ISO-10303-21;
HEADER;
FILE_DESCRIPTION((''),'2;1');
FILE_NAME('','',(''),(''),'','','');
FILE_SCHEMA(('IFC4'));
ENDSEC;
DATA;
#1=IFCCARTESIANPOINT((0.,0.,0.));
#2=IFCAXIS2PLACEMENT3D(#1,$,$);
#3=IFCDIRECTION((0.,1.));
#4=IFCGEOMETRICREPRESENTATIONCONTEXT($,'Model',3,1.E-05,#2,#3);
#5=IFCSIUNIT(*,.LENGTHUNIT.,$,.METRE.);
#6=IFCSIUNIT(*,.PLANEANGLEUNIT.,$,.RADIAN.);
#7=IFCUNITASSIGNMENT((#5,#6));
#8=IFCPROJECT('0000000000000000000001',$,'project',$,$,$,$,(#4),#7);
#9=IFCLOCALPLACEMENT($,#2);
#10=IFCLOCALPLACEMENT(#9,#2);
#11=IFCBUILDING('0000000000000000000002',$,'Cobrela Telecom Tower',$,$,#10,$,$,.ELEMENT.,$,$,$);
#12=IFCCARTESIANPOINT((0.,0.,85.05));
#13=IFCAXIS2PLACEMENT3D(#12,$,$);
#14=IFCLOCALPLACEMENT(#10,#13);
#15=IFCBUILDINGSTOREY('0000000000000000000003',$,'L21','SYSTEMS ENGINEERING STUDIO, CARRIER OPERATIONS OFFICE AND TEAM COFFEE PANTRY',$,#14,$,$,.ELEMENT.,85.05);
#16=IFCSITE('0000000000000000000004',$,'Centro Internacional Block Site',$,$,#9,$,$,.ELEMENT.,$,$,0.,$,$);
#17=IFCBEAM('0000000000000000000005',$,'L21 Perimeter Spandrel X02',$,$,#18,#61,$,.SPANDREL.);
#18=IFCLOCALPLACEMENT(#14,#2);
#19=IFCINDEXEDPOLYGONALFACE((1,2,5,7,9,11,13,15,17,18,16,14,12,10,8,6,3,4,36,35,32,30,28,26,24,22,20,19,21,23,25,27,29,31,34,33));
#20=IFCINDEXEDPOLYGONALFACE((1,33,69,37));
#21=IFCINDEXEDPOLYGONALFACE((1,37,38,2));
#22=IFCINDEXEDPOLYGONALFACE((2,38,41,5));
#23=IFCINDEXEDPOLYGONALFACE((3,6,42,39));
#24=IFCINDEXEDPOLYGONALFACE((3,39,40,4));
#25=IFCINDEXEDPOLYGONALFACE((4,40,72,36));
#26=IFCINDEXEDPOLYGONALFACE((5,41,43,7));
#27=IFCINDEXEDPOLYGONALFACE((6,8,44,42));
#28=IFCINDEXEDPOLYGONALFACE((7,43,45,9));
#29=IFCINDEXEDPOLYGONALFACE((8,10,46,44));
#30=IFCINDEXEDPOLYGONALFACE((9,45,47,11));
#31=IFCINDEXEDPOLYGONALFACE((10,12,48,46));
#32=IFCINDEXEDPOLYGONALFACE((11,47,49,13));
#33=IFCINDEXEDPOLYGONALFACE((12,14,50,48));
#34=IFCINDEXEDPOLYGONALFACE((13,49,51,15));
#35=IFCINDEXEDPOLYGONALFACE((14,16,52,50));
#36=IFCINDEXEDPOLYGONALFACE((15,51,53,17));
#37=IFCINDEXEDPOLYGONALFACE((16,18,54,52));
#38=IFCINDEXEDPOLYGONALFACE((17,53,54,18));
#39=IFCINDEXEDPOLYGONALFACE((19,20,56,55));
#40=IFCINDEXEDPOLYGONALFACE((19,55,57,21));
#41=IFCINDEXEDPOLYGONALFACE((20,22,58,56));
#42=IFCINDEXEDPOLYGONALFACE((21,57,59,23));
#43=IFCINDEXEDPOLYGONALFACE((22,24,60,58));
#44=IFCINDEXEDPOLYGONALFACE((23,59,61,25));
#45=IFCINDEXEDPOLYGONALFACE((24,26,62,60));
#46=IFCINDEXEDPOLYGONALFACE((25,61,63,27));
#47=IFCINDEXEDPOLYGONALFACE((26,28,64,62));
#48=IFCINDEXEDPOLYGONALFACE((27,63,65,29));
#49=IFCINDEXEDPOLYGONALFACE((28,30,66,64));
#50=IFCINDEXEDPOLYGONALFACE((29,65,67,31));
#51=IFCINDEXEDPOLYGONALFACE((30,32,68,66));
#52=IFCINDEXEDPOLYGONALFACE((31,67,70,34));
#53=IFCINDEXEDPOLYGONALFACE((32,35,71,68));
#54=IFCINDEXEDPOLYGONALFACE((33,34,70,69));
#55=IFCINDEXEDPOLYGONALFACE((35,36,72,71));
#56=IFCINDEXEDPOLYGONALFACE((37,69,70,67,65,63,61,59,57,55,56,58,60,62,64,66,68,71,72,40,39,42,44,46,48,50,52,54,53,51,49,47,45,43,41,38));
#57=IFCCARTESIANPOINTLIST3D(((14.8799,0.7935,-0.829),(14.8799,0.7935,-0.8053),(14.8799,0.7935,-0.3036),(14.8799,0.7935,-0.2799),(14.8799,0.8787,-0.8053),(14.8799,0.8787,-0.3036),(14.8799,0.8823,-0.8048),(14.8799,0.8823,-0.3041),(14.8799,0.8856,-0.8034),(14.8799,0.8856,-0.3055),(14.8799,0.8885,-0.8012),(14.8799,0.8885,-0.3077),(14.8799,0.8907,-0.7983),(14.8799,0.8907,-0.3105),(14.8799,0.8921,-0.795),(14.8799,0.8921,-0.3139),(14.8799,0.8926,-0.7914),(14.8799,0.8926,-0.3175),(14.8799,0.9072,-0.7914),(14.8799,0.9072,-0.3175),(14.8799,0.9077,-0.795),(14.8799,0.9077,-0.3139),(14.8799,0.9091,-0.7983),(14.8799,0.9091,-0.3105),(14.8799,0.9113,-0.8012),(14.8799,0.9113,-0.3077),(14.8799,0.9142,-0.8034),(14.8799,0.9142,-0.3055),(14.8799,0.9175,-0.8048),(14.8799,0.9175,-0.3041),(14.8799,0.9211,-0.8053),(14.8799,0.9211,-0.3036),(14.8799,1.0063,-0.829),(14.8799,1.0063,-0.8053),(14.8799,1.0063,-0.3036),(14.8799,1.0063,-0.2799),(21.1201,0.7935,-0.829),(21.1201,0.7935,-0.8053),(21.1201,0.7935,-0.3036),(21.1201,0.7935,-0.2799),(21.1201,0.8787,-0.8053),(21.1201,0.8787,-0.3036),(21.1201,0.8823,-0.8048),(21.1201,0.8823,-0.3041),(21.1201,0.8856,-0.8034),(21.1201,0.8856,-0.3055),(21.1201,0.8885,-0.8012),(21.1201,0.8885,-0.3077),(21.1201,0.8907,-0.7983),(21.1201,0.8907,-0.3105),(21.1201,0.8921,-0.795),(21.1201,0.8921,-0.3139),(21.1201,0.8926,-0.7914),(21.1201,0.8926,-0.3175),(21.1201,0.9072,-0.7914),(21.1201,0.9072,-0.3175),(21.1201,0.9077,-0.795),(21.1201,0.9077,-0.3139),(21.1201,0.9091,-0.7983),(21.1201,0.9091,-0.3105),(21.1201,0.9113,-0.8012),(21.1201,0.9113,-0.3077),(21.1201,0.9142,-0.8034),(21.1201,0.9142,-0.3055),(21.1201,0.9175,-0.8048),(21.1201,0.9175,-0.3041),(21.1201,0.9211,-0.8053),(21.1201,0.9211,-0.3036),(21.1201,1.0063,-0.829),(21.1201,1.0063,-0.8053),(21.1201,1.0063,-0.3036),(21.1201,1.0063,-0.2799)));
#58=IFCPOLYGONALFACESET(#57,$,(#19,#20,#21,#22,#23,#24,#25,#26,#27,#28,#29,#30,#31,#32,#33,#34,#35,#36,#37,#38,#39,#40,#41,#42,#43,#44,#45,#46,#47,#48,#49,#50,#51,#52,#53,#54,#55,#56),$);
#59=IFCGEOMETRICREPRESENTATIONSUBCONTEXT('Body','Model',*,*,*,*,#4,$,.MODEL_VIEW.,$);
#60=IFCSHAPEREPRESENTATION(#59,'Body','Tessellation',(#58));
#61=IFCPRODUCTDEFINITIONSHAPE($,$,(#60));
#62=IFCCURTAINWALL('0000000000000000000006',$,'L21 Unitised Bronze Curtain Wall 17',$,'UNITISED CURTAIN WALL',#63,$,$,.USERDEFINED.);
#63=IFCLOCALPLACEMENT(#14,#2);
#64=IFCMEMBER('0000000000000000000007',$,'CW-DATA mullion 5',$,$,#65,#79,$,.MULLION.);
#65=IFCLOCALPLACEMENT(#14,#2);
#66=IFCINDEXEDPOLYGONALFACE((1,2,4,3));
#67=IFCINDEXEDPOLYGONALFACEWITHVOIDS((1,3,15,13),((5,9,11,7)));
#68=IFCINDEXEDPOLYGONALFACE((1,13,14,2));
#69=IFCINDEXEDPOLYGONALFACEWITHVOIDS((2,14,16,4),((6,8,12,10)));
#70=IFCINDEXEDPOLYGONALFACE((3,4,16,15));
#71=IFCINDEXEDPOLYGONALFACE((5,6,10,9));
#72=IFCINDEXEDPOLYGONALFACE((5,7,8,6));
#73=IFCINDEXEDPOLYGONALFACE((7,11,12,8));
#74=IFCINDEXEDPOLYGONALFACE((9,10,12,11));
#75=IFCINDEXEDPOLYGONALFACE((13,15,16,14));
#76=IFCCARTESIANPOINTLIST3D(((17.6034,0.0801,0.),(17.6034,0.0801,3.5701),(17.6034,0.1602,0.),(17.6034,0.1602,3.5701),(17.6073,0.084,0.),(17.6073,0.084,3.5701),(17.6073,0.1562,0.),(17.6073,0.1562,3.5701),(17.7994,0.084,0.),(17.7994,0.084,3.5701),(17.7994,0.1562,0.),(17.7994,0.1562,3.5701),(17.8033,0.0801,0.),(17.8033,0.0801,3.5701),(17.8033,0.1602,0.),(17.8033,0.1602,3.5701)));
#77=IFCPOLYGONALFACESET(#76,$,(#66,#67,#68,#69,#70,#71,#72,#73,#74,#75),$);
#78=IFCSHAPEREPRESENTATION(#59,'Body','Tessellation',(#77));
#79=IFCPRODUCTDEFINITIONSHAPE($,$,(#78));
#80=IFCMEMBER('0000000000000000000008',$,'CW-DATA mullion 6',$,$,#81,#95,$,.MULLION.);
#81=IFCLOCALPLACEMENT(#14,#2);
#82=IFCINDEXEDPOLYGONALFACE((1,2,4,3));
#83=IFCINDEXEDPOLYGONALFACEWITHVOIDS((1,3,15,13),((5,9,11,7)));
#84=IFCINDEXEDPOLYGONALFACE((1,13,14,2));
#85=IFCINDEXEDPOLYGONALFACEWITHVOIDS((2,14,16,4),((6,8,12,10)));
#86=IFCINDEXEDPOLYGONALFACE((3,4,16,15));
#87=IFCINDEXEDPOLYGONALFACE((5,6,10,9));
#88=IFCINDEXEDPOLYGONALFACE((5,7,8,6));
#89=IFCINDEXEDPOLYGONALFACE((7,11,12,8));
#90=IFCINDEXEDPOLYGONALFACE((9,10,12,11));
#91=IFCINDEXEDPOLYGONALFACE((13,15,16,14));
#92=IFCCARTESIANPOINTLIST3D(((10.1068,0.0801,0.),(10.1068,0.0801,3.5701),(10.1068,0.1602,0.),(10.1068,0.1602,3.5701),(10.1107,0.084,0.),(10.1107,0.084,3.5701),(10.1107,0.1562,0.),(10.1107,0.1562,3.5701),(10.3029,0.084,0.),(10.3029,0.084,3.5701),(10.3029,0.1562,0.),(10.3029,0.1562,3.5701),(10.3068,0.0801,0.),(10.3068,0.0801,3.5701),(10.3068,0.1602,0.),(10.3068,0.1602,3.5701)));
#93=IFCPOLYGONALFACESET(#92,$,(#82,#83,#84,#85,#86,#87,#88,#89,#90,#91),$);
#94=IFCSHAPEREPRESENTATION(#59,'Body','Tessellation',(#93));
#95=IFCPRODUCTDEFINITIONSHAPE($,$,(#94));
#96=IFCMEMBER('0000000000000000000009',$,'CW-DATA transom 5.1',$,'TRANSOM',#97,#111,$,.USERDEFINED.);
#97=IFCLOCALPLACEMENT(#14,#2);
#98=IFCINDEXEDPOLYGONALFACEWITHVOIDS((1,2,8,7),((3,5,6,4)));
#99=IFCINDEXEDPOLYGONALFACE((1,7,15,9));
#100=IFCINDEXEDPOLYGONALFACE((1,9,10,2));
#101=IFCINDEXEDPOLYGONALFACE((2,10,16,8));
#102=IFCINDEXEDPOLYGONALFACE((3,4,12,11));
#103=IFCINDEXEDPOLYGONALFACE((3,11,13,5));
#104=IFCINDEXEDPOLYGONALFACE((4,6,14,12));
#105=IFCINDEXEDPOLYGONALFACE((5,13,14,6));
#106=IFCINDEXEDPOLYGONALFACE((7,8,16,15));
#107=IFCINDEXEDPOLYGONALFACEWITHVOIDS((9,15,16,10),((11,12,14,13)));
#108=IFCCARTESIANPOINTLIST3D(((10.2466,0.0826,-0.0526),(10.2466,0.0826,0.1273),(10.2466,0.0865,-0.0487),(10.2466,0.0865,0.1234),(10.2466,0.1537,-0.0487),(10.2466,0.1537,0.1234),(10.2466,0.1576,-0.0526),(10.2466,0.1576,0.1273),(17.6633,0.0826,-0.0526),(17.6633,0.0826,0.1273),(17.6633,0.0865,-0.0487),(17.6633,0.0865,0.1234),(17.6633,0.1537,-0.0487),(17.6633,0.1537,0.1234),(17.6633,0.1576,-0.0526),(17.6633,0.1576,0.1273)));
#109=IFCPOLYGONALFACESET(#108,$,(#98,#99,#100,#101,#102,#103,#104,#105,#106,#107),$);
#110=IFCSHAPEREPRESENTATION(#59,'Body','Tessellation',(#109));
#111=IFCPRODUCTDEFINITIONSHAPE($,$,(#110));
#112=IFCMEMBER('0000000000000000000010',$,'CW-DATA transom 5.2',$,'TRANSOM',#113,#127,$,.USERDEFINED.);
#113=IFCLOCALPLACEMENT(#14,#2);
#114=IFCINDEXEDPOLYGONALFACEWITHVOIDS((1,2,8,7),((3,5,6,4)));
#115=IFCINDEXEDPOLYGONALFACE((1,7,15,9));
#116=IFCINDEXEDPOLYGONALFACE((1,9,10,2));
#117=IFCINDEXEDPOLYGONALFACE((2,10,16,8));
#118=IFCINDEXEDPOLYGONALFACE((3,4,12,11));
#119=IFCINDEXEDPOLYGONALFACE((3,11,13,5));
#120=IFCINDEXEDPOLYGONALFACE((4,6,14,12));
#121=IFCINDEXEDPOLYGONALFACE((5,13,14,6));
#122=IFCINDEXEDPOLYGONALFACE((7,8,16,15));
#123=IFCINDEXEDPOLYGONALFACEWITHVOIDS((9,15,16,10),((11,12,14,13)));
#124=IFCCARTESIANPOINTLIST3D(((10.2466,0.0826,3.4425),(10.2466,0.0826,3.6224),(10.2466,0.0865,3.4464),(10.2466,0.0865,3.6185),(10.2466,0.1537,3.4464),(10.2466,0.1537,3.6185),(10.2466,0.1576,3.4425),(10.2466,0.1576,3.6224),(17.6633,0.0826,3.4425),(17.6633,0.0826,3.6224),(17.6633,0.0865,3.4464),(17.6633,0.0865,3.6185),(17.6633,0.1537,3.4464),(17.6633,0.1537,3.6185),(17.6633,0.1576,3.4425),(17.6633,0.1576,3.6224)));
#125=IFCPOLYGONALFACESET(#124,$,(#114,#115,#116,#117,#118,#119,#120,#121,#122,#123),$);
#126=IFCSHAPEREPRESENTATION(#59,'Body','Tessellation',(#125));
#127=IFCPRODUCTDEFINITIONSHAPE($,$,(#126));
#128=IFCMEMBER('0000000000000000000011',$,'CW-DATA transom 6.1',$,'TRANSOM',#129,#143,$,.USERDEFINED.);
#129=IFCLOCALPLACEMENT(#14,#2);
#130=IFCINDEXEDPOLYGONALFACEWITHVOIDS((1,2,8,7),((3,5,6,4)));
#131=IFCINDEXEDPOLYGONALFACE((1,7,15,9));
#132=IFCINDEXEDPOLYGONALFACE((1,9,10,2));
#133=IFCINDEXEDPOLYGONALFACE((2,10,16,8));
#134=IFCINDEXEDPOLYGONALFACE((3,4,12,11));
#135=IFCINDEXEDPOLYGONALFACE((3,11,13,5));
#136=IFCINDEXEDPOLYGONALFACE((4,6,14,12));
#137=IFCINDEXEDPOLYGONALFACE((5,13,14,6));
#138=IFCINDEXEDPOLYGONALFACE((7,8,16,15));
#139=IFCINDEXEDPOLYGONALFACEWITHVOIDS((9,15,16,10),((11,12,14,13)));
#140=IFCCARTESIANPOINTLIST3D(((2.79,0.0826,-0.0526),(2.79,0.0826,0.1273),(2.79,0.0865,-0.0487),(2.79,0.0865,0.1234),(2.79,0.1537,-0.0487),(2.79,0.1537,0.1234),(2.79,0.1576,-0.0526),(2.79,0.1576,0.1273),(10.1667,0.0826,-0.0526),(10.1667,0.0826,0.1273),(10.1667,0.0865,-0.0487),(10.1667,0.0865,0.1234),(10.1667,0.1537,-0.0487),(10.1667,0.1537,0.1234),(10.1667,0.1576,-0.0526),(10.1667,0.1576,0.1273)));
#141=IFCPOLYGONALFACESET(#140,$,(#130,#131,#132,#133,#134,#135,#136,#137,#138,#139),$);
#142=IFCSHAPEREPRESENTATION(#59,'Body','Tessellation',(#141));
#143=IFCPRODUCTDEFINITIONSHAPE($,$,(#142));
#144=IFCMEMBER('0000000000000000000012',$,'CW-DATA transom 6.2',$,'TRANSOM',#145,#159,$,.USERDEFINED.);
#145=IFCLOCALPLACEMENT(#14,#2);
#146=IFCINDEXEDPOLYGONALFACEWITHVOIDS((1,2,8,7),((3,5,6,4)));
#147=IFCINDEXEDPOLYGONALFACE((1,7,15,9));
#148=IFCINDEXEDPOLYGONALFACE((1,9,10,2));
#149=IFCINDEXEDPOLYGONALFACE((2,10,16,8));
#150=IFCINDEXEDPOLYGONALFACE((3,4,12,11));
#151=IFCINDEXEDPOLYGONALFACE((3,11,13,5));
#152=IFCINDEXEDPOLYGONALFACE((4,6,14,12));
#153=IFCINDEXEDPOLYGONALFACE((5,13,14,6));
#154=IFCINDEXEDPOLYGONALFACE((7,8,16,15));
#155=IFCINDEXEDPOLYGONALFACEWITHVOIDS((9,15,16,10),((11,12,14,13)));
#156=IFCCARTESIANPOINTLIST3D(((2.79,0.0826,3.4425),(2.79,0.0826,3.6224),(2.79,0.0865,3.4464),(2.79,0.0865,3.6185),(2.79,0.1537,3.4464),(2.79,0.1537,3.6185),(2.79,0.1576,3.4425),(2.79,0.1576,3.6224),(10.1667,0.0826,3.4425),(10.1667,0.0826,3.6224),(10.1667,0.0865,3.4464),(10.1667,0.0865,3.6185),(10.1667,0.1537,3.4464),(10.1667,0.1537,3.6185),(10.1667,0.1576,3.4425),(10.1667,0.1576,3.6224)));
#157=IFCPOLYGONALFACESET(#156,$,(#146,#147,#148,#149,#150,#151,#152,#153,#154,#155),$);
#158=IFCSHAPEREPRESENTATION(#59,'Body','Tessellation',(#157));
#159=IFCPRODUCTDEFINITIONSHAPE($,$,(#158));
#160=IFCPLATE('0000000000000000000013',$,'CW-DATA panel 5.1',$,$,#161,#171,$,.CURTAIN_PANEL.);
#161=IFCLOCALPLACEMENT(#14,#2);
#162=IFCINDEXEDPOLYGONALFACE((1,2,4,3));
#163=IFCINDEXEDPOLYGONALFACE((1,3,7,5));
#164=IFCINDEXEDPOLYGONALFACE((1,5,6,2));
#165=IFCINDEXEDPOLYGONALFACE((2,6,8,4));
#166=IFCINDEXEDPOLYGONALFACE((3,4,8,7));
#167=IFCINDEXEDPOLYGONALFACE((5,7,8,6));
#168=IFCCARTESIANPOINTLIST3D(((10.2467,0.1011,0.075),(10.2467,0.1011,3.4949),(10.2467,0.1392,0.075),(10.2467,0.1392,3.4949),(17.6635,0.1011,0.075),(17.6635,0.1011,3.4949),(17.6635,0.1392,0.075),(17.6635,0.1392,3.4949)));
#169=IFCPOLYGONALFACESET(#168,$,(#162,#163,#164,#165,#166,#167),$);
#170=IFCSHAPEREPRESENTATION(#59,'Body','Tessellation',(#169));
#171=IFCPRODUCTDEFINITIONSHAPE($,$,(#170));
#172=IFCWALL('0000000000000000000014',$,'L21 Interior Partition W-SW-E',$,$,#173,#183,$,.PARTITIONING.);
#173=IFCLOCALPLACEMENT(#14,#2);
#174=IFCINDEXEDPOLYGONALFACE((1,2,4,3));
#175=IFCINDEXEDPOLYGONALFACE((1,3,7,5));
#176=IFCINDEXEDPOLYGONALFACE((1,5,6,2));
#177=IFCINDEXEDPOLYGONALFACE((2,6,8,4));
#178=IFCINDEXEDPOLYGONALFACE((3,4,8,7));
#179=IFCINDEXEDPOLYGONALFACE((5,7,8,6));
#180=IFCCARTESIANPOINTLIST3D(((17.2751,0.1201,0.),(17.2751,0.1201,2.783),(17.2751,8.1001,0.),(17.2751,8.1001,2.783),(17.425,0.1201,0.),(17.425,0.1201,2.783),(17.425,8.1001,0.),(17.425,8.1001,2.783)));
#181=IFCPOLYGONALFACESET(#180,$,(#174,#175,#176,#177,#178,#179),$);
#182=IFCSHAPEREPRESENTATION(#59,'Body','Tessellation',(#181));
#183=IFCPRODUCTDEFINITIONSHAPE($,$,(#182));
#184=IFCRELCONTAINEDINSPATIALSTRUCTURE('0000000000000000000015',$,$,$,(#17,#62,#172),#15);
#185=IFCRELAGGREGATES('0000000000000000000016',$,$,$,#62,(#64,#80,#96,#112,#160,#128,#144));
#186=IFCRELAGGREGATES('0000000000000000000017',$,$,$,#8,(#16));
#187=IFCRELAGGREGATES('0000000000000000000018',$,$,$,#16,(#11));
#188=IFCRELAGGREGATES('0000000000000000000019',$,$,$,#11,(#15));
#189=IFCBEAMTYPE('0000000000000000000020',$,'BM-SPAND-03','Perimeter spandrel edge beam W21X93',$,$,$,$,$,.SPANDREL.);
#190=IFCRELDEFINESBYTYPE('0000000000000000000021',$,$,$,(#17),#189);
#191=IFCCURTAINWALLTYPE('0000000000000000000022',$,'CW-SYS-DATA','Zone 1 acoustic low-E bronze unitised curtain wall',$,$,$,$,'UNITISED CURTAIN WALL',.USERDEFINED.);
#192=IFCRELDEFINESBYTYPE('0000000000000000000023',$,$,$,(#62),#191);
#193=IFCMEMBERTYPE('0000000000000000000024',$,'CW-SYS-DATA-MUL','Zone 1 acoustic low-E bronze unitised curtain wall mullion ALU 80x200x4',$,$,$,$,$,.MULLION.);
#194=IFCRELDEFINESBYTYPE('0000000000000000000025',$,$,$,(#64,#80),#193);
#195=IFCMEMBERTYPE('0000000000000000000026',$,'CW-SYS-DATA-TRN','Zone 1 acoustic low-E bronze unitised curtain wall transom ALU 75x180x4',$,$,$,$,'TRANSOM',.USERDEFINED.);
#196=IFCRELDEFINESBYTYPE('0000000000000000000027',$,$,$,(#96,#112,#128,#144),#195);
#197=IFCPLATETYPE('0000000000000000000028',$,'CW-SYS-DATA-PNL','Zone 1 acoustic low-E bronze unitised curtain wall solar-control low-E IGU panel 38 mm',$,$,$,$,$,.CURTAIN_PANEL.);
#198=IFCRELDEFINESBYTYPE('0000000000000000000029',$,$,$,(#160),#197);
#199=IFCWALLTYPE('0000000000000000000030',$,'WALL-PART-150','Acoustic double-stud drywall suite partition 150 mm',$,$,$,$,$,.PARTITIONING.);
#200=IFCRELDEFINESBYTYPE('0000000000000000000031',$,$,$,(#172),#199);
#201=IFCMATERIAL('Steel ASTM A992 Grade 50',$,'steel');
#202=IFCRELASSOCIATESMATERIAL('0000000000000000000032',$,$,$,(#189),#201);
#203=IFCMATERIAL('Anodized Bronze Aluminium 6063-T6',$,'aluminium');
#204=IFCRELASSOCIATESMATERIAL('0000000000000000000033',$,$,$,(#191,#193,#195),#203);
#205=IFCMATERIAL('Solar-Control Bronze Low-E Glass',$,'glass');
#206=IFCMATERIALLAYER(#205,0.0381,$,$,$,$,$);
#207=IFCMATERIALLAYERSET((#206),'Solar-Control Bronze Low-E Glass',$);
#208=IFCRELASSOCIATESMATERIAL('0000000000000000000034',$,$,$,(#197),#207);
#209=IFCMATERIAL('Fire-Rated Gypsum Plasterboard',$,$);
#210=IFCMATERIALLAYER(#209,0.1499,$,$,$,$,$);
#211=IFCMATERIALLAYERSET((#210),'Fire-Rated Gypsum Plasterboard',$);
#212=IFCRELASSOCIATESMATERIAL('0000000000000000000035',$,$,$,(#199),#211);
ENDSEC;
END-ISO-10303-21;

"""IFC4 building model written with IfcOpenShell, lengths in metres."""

from ifc_helpers import new_model, si_unit, direction, frame, frame_2d, origin, origin_2d, place, context, subcontext, project, spatial, rectangle, hollow_rectangle, i_section, extrude, material, layer, layer_set, material_profile, profile_set, type_object, element, aggregate, save


model = new_model("IFC4")

# Units and contexts
model_context = context("Model", 3, precision=1e-05, world=origin(), true_north=direction((0.0, 1.0)))
body_context = subcontext(model_context, "Body", "Model", "MODEL_VIEW")
ifc_project = project(units=[si_unit("LENGTHUNIT", "METRE"), si_unit("PLANEANGLEUNIT", "RADIAN")], contexts=[model_context])

# Site, building, storey
site_placement = place(None, origin())
site = spatial("IfcSite", under=ifc_project, at=site_placement, Name="Centro Internacional Block Site", CompositionType="ELEMENT", RefElevation=0.0)
building_placement = place(site_placement, origin())
building = spatial("IfcBuilding", under=site, at=building_placement, Name="Cobrela Telecom Tower", CompositionType="ELEMENT")
storey_placement = place(building_placement, frame((0.0, 0.0, 85.05)))
storey = spatial("IfcBuildingStorey", under=building, at=storey_placement, Name="L21", Description="SYSTEMS ENGINEERING STUDIO, CARRIER OPERATIONS OFFICE AND TEAM COFFEE PANTRY", CompositionType="ELEMENT", Elevation=85.05)

# Beam
ifc_material_1 = material(Name="Steel ASTM A992 Grade 50", Category="steel")
ifc_material_profile_1 = material_profile(ifc_material_1, i_section(OverallWidth=0.2129, OverallDepth=0.5491, WebThickness=0.0146, FlangeThickness=0.0237, FilletRadius=0.0139, at=origin_2d()), Name="W21X93")
ifc_profile_set_1 = profile_set([ifc_material_profile_1], Name="Steel ASTM A992 Grade 50")
beam_type_1 = type_object("IfcBeamType", Name="BM-SPAND-03", Description="Perimeter spandrel edge beam W21X93", PredefinedType="SPANDREL", material=ifc_profile_set_1)
beam_1_placement = place(storey_placement, frame((14.8799, 0.8999, -0.5544), z_axis=(1.0, 0.0, 0.0), x_axis=(0.0, 1.0, 0.0)))
element("IfcBeam", 1, at=beam_1_placement, inside=storey, type_object=beam_type_1, Name="L21 Perimeter Spandrel X02", PredefinedType="SPANDREL", context=body_context, shape_type="SweptSolid", body=[
    extrude(i_section(OverallWidth=0.2129, OverallDepth=0.5491, WebThickness=0.0146, FlangeThickness=0.0237, FilletRadius=0.0139, at=origin_2d()), origin(), (0.0, 0.0, 1.0), 6.2402),
])

# Curtain wall, members, plate
ifc_material_2 = material(Name="Anodized Bronze Aluminium 6063-T6", Category="aluminium")
curtain_wall_type = type_object("IfcCurtainWallType", Name="CW-SYS-DATA", Description="Zone 1 acoustic low-E bronze unitised curtain wall", ElementType="UNITISED CURTAIN WALL", PredefinedType="USERDEFINED", material=ifc_material_2)
curtain_wall_placement = place(storey_placement, origin())
curtain_wall = element("IfcCurtainWall", 2, at=curtain_wall_placement, inside=storey, type_object=curtain_wall_type, Name="L21 Unitised Bronze Curtain Wall 17", ObjectType="UNITISED CURTAIN WALL", PredefinedType="USERDEFINED")
ifc_material_profile_2 = material_profile(ifc_material_2, hollow_rectangle(XDim=0.0801, YDim=0.2, WallThickness=0.0039, at=origin_2d()), Name="ALU 80x200x4")
ifc_profile_set_2 = profile_set([ifc_material_profile_2], Name="Anodized Bronze Aluminium 6063-T6")
member_type_1 = type_object("IfcMemberType", Name="CW-SYS-DATA-MUL", Description="Zone 1 acoustic low-E bronze unitised curtain wall mullion ALU 80x200x4", PredefinedType="MULLION", material=ifc_profile_set_2)
member_1_placement = place(storey_placement, frame((17.7034, 0.1201, 0.0), z_axis=(0.0, 0.0, 1.0), x_axis=(0.0, -1.0, 0.0)))
member_1 = element("IfcMember", 3, at=member_1_placement, type_object=member_type_1, Name="CW-DATA mullion 5", PredefinedType="MULLION", context=body_context, shape_type="SweptSolid", body=[
    extrude(hollow_rectangle(XDim=0.0801, YDim=0.2, WallThickness=0.0039, at=origin_2d()), origin(), (0.0, 0.0, 1.0), 3.5701),
])
member_2_placement = place(storey_placement, frame((10.2068, 0.1201, 0.0), z_axis=(0.0, 0.0, 1.0), x_axis=(0.0, -1.0, 0.0)))
member_2 = element("IfcMember", 4, at=member_2_placement, type_object=member_type_1, Name="CW-DATA mullion 6", PredefinedType="MULLION", context=body_context, shape_type="SweptSolid", body=[
    extrude(hollow_rectangle(XDim=0.0801, YDim=0.2, WallThickness=0.0039, at=origin_2d()), origin(), (0.0, 0.0, 1.0), 3.5701),
])
ifc_material_profile_3 = material_profile(ifc_material_2, hollow_rectangle(XDim=0.075, YDim=0.1799, WallThickness=0.0039, at=origin_2d()), Name="ALU 75x180x4")
ifc_profile_set_3 = profile_set([ifc_material_profile_3], Name="Anodized Bronze Aluminium 6063-T6")
member_type_2 = type_object("IfcMemberType", Name="CW-SYS-DATA-TRN", Description="Zone 1 acoustic low-E bronze unitised curtain wall transom ALU 75x180x4", ElementType="TRANSOM", PredefinedType="USERDEFINED", material=ifc_profile_set_3)
member_3_placement = place(storey_placement, frame((17.6633, 0.1201, 0.0374), z_axis=(-1.0, 0.0, 0.0), x_axis=(0.0, -1.0, 0.0)))
member_3 = element("IfcMember", 5, at=member_3_placement, type_object=member_type_2, Name="CW-DATA transom 5.1", ObjectType="TRANSOM", PredefinedType="USERDEFINED", context=body_context, shape_type="SweptSolid", body=[
    extrude(hollow_rectangle(XDim=0.075, YDim=0.1799, WallThickness=0.0039, at=origin_2d()), origin(), (0.0, 0.0, 1.0), 7.4167),
])
member_4_placement = place(storey_placement, frame((17.6633, 0.1201, 3.5325), z_axis=(-1.0, 0.0, 0.0), x_axis=(0.0, -1.0, 0.0)))
member_4 = element("IfcMember", 6, at=member_4_placement, type_object=member_type_2, Name="CW-DATA transom 5.2", ObjectType="TRANSOM", PredefinedType="USERDEFINED", context=body_context, shape_type="SweptSolid", body=[
    extrude(hollow_rectangle(XDim=0.075, YDim=0.1799, WallThickness=0.0039, at=origin_2d()), origin(), (0.0, 0.0, 1.0), 7.4167),
])
member_5_placement = place(storey_placement, frame((10.1667, 0.1201, 0.0374), z_axis=(-1.0, 0.0, 0.0), x_axis=(0.0, -1.0, 0.0)))
member_5 = element("IfcMember", 7, at=member_5_placement, type_object=member_type_2, Name="CW-DATA transom 6.1", ObjectType="TRANSOM", PredefinedType="USERDEFINED", context=body_context, shape_type="SweptSolid", body=[
    extrude(hollow_rectangle(XDim=0.075, YDim=0.1799, WallThickness=0.0039, at=origin_2d()), origin(), (0.0, 0.0, 1.0), 7.3767),
])
member_6_placement = place(storey_placement, frame((10.1667, 0.1201, 3.5325), z_axis=(-1.0, 0.0, 0.0), x_axis=(0.0, -1.0, 0.0)))
member_6 = element("IfcMember", 8, at=member_6_placement, type_object=member_type_2, Name="CW-DATA transom 6.2", ObjectType="TRANSOM", PredefinedType="USERDEFINED", context=body_context, shape_type="SweptSolid", body=[
    extrude(hollow_rectangle(XDim=0.075, YDim=0.1799, WallThickness=0.0039, at=origin_2d()), origin(), (0.0, 0.0, 1.0), 7.3767),
])
ifc_material_3 = material(Name="Solar-Control Bronze Low-E Glass", Category="glass")
ifc_layer_1 = layer(ifc_material_3, 0.0381)
ifc_layer_set_1 = layer_set([ifc_layer_1], Name="Solar-Control Bronze Low-E Glass")
plate_type = type_object("IfcPlateType", Name="CW-SYS-DATA-PNL", Description="Zone 1 acoustic low-E bronze unitised curtain wall solar-control low-E IGU panel 38 mm", PredefinedType="CURTAIN_PANEL", material=ifc_layer_set_1)
plate_placement = place(storey_placement, frame((13.9551, 0.1201, 0.075), z_axis=(0.0, 0.0, 1.0), x_axis=(-1.0, 0.0, 0.0)))
plate = element("IfcPlate", 9, at=plate_placement, type_object=plate_type, Name="CW-DATA panel 5.1", PredefinedType="CURTAIN_PANEL", context=body_context, shape_type="SweptSolid", body=[
    extrude(rectangle(XDim=7.4167, YDim=0.0381, at=origin_2d()), origin(), (0.0, 0.0, 1.0), 3.4199),
])
aggregate(curtain_wall, [member_1, member_2, member_3, member_4, plate, member_5, member_6])

# Wall
ifc_material_4 = material(Name="Fire-Rated Gypsum Plasterboard")
ifc_layer_2 = layer(ifc_material_4, 0.1499)
ifc_layer_set_2 = layer_set([ifc_layer_2], Name="Fire-Rated Gypsum Plasterboard")
wall_type = type_object("IfcWallType", Name="WALL-PART-150", Description="Acoustic double-stud drywall suite partition 150 mm", PredefinedType="PARTITIONING", material=ifc_layer_set_2)
wall_placement = place(storey_placement, frame((17.3501, 0.1201, 0.0), z_axis=(0.0, 0.0, 1.0), x_axis=(0.0, 1.0, 0.0)))
element("IfcWall", 10, at=wall_placement, inside=storey, type_object=wall_type, Name="L21 Interior Partition W-SW-E", PredefinedType="PARTITIONING", context=body_context, shape_type="SweptSolid", body=[
    extrude(rectangle(XDim=7.98, YDim=0.1499, at=frame_2d((3.99, 0.0))), origin(), (0.0, 0.0, 1.0), 2.783),
])

save(model, "model.ifc")
